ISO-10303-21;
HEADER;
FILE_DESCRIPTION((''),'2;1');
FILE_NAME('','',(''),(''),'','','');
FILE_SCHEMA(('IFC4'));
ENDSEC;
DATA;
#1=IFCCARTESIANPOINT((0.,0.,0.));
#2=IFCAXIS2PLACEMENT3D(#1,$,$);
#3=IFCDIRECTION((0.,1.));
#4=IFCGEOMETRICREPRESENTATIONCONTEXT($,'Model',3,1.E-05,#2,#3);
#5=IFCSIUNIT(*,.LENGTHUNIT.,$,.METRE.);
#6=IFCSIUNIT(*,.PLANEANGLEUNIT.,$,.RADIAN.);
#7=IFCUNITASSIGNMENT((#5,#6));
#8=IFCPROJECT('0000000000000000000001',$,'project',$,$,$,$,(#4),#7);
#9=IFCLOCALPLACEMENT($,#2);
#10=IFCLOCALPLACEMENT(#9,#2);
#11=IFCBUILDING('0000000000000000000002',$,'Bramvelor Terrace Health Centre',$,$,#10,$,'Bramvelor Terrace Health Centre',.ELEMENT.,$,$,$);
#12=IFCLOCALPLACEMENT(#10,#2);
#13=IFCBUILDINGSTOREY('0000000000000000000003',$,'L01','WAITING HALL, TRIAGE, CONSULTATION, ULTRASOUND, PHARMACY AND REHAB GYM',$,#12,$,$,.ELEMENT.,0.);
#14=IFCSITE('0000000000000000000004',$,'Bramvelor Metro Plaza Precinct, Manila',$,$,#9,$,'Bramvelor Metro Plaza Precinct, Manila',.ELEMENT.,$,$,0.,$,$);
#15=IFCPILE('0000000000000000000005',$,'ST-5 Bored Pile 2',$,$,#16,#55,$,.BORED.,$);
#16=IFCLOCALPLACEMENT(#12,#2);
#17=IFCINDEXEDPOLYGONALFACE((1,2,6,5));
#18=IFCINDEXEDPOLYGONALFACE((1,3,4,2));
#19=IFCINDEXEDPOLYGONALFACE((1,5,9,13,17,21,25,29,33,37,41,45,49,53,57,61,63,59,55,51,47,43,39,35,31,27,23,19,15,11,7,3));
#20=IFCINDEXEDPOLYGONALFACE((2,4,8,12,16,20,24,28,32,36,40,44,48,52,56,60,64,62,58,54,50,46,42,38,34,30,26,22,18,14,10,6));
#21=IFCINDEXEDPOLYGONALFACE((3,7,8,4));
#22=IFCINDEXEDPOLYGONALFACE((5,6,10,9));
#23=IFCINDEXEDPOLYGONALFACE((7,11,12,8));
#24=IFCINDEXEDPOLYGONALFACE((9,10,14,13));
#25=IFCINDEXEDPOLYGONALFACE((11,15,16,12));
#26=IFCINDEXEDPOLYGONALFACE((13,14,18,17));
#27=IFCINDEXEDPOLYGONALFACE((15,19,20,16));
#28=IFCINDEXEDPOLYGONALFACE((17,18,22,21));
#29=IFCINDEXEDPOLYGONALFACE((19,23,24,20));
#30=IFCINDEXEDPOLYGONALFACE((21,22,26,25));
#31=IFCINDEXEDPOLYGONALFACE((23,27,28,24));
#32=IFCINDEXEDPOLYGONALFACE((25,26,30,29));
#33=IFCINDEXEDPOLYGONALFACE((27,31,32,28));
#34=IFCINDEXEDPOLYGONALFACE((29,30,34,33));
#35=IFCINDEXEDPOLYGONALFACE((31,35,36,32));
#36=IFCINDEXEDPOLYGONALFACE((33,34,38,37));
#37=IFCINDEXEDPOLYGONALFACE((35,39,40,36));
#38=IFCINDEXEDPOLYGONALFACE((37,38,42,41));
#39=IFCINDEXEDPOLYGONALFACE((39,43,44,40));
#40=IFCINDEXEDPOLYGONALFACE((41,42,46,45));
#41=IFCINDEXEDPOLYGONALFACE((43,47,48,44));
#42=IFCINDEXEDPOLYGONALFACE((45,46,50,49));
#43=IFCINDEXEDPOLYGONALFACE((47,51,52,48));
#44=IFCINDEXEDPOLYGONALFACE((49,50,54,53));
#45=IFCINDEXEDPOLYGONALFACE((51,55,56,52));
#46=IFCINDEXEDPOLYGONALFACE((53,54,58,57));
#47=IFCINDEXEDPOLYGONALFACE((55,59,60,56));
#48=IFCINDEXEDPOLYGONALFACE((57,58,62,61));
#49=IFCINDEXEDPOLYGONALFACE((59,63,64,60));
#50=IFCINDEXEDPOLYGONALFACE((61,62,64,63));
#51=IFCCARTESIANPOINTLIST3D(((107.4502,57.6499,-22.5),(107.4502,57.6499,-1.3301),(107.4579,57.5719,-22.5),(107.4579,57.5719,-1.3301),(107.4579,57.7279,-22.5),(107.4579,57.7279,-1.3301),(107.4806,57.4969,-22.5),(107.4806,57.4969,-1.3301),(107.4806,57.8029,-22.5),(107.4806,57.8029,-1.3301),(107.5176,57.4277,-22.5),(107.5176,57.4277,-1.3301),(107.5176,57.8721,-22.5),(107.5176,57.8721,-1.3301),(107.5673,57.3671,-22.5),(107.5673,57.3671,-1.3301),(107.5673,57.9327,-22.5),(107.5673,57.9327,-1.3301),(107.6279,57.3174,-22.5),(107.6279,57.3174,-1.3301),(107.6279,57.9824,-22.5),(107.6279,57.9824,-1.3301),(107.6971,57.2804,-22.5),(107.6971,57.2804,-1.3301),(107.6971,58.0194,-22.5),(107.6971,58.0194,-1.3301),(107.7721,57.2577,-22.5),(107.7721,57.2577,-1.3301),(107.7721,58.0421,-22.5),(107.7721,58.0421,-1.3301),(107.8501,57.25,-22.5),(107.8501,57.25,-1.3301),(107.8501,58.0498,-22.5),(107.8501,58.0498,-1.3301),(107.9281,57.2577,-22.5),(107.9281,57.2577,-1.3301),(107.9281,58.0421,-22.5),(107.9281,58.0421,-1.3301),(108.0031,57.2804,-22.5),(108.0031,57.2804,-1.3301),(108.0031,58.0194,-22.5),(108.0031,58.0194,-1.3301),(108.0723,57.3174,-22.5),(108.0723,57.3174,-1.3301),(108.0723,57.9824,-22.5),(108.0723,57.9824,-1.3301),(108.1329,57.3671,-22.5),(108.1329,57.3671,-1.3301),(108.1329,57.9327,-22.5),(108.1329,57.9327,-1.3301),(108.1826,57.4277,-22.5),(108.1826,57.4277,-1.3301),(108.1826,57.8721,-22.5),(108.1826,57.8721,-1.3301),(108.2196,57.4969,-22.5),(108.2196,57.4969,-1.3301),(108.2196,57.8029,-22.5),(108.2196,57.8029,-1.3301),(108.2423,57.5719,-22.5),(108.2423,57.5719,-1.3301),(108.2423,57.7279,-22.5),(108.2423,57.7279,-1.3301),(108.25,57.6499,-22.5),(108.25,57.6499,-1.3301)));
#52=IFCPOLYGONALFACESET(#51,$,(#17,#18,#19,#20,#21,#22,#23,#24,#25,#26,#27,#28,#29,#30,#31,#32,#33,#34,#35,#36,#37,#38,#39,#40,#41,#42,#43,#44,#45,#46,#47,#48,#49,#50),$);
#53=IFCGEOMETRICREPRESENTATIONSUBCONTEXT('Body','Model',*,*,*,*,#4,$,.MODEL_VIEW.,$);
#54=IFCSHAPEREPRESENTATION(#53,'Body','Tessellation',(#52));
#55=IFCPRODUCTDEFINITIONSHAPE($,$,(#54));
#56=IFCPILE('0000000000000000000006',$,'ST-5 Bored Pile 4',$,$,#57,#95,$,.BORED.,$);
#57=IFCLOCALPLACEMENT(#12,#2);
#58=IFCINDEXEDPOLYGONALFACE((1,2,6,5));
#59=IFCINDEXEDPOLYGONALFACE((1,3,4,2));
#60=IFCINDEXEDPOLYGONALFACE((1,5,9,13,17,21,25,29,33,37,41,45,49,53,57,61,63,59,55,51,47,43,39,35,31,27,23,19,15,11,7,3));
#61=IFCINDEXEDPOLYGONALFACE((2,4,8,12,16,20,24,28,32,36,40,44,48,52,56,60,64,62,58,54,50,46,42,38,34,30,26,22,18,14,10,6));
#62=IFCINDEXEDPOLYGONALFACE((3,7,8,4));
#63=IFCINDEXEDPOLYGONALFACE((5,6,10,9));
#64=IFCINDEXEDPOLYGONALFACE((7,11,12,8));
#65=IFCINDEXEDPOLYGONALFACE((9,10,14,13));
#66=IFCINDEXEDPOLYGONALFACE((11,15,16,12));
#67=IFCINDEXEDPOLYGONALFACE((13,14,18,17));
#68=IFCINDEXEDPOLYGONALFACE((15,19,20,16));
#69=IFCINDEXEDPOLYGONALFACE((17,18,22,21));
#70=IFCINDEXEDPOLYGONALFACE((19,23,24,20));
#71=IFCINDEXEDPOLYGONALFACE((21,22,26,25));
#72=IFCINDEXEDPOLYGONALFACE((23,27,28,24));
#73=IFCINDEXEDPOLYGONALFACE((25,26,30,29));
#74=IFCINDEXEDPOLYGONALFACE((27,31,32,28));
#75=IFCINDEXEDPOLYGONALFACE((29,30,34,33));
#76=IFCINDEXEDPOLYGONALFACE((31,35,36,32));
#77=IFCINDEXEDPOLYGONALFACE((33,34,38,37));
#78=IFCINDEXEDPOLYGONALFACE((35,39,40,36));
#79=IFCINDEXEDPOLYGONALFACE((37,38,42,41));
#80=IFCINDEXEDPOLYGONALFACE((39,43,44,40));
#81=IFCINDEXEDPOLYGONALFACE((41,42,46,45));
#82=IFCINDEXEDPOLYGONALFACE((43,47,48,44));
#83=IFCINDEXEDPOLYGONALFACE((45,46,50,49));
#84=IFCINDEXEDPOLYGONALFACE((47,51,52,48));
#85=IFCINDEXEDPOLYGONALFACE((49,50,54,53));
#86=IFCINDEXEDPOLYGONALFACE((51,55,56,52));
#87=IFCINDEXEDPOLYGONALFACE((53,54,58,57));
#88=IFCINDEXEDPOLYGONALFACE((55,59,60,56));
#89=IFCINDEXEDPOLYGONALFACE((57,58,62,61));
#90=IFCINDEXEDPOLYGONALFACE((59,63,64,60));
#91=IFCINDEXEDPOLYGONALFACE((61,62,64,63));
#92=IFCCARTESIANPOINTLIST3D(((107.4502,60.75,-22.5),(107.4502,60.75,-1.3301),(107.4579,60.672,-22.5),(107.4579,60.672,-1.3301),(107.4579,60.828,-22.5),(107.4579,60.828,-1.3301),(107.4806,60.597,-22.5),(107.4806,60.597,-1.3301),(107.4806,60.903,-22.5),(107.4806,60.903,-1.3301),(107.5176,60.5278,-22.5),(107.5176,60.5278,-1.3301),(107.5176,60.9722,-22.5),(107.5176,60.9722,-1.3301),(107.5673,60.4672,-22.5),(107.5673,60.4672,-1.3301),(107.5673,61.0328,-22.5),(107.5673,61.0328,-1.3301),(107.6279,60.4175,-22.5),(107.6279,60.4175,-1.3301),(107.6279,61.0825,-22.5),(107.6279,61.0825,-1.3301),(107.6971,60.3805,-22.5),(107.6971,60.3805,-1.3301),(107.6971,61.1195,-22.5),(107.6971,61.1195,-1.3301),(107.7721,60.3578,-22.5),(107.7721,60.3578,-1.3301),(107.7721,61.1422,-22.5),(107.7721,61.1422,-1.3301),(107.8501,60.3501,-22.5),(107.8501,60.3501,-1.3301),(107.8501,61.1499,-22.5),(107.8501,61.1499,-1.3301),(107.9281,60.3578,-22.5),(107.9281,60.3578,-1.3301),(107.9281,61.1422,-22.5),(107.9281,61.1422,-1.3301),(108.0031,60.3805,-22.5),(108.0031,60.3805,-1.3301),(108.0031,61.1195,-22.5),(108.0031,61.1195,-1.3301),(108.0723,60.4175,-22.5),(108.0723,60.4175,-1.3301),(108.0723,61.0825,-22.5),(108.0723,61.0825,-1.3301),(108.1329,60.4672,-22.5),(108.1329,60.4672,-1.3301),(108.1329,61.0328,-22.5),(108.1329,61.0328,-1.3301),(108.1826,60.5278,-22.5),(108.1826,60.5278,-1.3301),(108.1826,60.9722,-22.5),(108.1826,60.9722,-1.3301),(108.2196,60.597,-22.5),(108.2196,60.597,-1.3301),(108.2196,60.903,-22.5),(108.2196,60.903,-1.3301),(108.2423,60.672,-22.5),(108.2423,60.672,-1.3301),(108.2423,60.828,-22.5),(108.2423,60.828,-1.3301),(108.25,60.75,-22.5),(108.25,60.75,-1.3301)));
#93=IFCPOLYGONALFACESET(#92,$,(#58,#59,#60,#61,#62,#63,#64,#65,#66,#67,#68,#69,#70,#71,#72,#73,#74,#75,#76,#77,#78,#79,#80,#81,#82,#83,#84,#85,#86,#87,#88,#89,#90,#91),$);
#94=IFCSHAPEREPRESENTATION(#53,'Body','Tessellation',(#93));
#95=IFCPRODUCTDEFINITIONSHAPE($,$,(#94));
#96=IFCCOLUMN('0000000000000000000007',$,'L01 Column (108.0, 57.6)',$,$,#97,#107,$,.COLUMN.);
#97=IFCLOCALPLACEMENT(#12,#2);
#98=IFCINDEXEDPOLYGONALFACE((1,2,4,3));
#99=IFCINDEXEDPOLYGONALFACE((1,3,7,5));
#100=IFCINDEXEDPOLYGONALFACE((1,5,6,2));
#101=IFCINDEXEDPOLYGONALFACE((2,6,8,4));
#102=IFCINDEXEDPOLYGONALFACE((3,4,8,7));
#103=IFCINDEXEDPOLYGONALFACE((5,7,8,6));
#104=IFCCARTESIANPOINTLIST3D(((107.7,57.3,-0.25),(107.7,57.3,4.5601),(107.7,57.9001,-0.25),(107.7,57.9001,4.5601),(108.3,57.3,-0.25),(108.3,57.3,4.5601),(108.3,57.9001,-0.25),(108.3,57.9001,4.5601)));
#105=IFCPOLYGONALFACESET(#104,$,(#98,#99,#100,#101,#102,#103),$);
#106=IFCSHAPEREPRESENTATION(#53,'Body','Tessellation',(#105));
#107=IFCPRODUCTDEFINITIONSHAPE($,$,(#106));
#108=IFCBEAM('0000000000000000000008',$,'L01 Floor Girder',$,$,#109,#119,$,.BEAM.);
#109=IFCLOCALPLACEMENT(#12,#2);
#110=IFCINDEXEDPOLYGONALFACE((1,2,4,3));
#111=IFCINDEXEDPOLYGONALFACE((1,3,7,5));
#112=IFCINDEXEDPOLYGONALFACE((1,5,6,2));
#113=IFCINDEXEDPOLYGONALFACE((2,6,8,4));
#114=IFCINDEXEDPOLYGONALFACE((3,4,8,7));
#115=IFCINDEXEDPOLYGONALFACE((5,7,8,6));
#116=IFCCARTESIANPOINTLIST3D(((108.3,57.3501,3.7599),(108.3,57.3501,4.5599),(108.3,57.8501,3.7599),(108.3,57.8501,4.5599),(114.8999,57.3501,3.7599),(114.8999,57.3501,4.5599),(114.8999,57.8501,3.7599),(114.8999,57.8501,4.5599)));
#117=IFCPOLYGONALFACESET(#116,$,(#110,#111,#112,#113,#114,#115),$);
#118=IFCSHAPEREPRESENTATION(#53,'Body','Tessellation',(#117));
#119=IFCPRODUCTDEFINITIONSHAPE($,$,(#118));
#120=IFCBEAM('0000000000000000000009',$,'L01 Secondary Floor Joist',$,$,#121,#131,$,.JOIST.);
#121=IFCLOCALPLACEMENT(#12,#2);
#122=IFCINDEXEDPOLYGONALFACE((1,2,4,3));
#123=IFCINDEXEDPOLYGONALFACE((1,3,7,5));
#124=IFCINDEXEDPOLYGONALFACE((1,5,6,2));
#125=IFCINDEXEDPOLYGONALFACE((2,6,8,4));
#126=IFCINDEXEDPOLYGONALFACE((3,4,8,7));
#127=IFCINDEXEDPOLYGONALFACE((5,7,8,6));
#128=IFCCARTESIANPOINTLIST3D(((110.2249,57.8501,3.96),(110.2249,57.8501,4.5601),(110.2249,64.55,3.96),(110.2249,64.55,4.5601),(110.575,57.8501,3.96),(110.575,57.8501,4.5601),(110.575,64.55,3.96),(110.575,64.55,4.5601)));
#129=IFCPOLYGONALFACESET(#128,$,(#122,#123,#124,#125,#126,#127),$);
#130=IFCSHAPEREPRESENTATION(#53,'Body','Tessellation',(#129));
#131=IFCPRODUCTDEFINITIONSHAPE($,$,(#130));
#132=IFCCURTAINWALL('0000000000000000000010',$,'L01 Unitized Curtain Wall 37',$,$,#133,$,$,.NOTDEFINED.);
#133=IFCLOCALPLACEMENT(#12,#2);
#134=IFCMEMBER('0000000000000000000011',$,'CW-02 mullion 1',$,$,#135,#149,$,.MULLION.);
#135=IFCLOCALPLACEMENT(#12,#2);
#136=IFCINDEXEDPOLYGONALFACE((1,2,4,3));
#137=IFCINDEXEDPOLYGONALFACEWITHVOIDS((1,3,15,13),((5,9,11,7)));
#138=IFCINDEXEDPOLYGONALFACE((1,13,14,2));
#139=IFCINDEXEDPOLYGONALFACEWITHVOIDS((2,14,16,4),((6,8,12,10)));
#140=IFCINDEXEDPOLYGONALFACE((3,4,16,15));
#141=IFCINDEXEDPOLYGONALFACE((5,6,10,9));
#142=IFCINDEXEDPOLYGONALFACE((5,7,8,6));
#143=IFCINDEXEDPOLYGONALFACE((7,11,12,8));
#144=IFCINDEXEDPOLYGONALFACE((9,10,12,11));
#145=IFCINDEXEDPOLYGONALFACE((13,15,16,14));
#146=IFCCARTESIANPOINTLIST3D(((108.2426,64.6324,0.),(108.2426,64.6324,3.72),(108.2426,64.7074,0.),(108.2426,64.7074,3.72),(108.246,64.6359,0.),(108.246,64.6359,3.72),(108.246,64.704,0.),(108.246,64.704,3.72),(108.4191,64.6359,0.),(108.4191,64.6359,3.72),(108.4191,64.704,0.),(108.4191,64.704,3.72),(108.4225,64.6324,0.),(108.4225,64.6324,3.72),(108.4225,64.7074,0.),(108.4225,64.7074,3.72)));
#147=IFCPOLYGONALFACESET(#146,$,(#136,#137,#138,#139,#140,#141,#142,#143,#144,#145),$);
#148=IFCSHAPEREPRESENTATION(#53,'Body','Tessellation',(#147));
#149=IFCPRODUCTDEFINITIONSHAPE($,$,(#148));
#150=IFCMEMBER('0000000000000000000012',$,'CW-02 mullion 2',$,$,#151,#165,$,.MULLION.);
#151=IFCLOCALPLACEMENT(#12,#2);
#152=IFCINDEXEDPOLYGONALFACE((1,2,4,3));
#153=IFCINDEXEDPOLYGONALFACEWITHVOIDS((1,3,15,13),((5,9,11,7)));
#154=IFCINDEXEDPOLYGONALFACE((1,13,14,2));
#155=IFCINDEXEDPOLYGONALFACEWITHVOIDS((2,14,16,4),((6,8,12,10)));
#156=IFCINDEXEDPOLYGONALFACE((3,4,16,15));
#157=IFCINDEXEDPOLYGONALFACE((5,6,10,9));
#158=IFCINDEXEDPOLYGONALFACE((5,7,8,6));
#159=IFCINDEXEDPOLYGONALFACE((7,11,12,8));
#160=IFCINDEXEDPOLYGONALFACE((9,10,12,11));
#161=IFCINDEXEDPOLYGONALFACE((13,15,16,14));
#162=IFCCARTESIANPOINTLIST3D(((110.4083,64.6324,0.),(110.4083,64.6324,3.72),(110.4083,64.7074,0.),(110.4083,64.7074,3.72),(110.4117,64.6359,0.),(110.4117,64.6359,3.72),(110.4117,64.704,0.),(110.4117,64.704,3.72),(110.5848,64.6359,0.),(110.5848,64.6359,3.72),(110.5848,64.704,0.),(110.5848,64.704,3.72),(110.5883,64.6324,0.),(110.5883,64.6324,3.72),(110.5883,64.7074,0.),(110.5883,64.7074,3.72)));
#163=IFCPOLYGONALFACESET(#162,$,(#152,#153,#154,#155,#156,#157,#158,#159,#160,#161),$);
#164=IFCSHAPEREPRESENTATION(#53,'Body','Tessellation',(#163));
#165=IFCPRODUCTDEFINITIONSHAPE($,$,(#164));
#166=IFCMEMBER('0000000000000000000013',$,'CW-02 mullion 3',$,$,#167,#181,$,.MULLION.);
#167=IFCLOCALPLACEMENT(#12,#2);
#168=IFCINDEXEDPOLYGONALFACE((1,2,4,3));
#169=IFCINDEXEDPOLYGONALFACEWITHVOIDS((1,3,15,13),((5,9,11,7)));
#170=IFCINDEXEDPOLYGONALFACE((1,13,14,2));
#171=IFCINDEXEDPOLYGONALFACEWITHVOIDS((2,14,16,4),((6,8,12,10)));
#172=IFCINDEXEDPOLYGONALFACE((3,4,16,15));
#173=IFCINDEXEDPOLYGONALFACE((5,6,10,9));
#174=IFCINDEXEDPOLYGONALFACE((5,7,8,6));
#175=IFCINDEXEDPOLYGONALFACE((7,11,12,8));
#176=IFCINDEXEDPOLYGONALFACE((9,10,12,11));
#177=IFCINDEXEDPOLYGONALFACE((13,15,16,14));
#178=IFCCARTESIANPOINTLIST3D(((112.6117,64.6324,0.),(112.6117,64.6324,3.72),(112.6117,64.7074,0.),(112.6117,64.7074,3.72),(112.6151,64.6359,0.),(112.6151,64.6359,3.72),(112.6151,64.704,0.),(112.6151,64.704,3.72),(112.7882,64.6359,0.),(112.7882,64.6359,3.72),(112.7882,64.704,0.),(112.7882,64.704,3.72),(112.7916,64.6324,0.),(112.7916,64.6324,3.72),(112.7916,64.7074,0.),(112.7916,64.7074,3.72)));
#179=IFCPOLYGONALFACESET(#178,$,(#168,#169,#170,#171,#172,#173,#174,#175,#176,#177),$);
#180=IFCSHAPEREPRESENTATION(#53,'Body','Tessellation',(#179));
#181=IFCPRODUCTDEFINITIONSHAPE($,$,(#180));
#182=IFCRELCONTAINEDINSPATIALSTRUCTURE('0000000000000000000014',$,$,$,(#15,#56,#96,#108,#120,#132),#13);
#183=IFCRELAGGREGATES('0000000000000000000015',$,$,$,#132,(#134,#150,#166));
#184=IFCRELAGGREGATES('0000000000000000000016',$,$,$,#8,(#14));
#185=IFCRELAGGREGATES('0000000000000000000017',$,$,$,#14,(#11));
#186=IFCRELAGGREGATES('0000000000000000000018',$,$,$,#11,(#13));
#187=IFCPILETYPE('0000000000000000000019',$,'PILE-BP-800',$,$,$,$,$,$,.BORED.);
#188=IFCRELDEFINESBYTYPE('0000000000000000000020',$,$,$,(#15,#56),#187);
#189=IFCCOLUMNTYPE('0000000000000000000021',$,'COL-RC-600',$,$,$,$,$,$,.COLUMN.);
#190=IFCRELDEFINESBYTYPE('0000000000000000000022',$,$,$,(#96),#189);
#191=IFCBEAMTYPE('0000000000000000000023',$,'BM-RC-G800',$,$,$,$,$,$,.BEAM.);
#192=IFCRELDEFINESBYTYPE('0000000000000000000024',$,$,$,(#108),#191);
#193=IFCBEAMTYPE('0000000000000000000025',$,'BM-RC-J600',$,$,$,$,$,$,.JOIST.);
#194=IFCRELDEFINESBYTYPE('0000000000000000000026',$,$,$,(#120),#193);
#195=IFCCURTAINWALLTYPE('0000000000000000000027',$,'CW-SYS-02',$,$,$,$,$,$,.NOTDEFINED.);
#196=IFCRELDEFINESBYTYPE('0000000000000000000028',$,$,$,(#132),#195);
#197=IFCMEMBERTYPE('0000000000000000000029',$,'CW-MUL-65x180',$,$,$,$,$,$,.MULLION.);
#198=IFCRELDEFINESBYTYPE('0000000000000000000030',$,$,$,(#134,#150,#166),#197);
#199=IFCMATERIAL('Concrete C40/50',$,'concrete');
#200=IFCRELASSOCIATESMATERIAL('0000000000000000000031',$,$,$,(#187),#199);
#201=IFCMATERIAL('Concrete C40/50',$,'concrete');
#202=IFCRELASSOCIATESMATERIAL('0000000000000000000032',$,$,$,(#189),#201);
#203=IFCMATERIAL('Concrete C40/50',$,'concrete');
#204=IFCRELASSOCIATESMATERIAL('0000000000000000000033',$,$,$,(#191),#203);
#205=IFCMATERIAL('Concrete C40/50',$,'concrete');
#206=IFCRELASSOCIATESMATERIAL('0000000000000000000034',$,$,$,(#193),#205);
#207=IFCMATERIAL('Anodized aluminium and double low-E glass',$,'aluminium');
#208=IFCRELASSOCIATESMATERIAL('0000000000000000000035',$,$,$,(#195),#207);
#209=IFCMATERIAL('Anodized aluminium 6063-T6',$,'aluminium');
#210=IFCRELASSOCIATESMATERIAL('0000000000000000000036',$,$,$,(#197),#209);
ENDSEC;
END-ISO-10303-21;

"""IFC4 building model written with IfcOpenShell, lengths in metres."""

from ifc_helpers import new_model, si_unit, direction, frame, origin, origin_2d, place, context, subcontext, project, spatial, rectangle, hollow_rectangle, circle, extrude, material, material_profile, profile_set, type_object, element, aggregate, save


model = new_model("IFC4")

# Units and contexts
model_context = context("Model", 3, precision=1e-05, world=origin(), true_north=direction((0.0, 1.0)))
body_context = subcontext(model_context, "Body", "Model", "MODEL_VIEW")
ifc_project = project(units=[si_unit("LENGTHUNIT", "METRE"), si_unit("PLANEANGLEUNIT", "RADIAN")], contexts=[model_context])

# Site, building, storey
site_placement = place(None, origin())
site = spatial("IfcSite", under=ifc_project, at=site_placement, Name="Bramvelor Metro Plaza Precinct, Manila", LongName="Bramvelor Metro Plaza Precinct, Manila", CompositionType="ELEMENT", RefElevation=0.0)
building_placement = place(site_placement, origin())
building = spatial("IfcBuilding", under=site, at=building_placement, Name="Bramvelor Terrace Health Centre", LongName="Bramvelor Terrace Health Centre", CompositionType="ELEMENT")
storey_placement = place(building_placement, origin())
storey = spatial("IfcBuildingStorey", under=building, at=storey_placement, Name="L01", Description="WAITING HALL, TRIAGE, CONSULTATION, ULTRASOUND, PHARMACY AND REHAB GYM", CompositionType="ELEMENT", Elevation=0.0)

# Piles
ifc_material_1 = material(Name="Concrete C40/50", Category="concrete")
ifc_material_profile_1 = material_profile(ifc_material_1, circle(Radius=0.3999, at=origin_2d()), Name="BP D800")
ifc_profile_set_1 = profile_set([ifc_material_profile_1], Name="Concrete C40/50")
pile_type = type_object("IfcPileType", Name="PILE-BP-800", PredefinedType="BORED", material=ifc_profile_set_1)
for number, where, z_axis, x_axis, name in (
    (1, (107.8501, 57.6499, -1.3301), (0.0, 0.0, -1.0), (1.0, 0.0, 0.0), "ST-5 Bored Pile 2"),
    (2, (107.8501, 60.75, -1.3301), (0.0, 0.0, -1.0), (1.0, 0.0, 0.0), "ST-5 Bored Pile 4"),
):
    element("IfcPile", number, at=place(storey_placement, frame(where, z_axis=z_axis, x_axis=x_axis)), inside=storey, type_object=pile_type, Name=name, PredefinedType="BORED", context=body_context, shape_type="SweptSolid", body=[
        extrude(circle(Radius=0.3999, at=origin_2d()), origin(), (0.0, 0.0, 1.0), 21.1699),
    ])

# Column
ifc_material_2 = material(Name="Concrete C40/50", Category="concrete")
ifc_material_profile_2 = material_profile(ifc_material_2, rectangle(XDim=0.6001, YDim=0.6001, at=origin_2d()), Name="RC 600x600")
ifc_profile_set_2 = profile_set([ifc_material_profile_2], Name="Concrete C40/50")
column_type = type_object("IfcColumnType", Name="COL-RC-600", PredefinedType="COLUMN", material=ifc_profile_set_2)
column_placement = place(storey_placement, frame((108.0, 57.6001, -0.25), z_axis=(0.0, 0.0, 1.0), x_axis=(1.0, 0.0, 0.0)))
element("IfcColumn", 3, at=column_placement, inside=storey, type_object=column_type, Name="L01 Column (108.0, 57.6)", PredefinedType="COLUMN", context=body_context, shape_type="SweptSolid", body=[
    extrude(rectangle(XDim=0.6001, YDim=0.6001, at=origin_2d()), origin(), (0.0, 0.0, 1.0), 4.8101),
])

# Beams
ifc_material_3 = material(Name="Concrete C40/50", Category="concrete")
ifc_material_profile_3 = material_profile(ifc_material_3, rectangle(XDim=0.5, YDim=0.8, at=origin_2d()), Name="RC 500x800")
ifc_profile_set_3 = profile_set([ifc_material_profile_3], Name="Concrete C40/50")
beam_type_1 = type_object("IfcBeamType", Name="BM-RC-G800", PredefinedType="BEAM", material=ifc_profile_set_3)
beam_1_placement = place(storey_placement, frame((108.3, 57.6001, 4.1599), z_axis=(1.0, 0.0, 0.0), x_axis=(0.0, 1.0, 0.0)))
element("IfcBeam", 4, at=beam_1_placement, inside=storey, type_object=beam_type_1, Name="L01 Floor Girder", PredefinedType="BEAM", context=body_context, shape_type="SweptSolid", body=[
    extrude(rectangle(XDim=0.5, YDim=0.8, at=origin_2d()), origin(), (0.0, 0.0, 1.0), 6.5999),
])
ifc_material_4 = material(Name="Concrete C40/50", Category="concrete")
ifc_material_profile_4 = material_profile(ifc_material_4, rectangle(XDim=0.3501, YDim=0.6001, at=origin_2d()), Name="RC 350x600")
ifc_profile_set_4 = profile_set([ifc_material_profile_4], Name="Concrete C40/50")
beam_type_2 = type_object("IfcBeamType", Name="BM-RC-J600", PredefinedType="JOIST", material=ifc_profile_set_4)
beam_2_placement = place(storey_placement, frame((110.3999, 57.8501, 4.26), z_axis=(0.0, 1.0, 0.0), x_axis=(-1.0, 0.0, 0.0)))
element("IfcBeam", 5, at=beam_2_placement, inside=storey, type_object=beam_type_2, Name="L01 Secondary Floor Joist", PredefinedType="JOIST", context=body_context, shape_type="SweptSolid", body=[
    extrude(rectangle(XDim=0.3501, YDim=0.6001, at=origin_2d()), origin(), (0.0, 0.0, 1.0), 6.7),
])

# Curtain wall, members
ifc_material_5 = material(Name="Anodized aluminium and double low-E glass", Category="aluminium")
curtain_wall_type = type_object("IfcCurtainWallType", Name="CW-SYS-02", PredefinedType="NOTDEFINED", material=ifc_material_5)
curtain_wall_placement = place(storey_placement, origin())
curtain_wall = element("IfcCurtainWall", 6, at=curtain_wall_placement, inside=storey, type_object=curtain_wall_type, Name="L01 Unitized Curtain Wall 37", PredefinedType="NOTDEFINED")
ifc_material_6 = material(Name="Anodized aluminium 6063-T6", Category="aluminium")
ifc_material_profile_5 = material_profile(ifc_material_6, hollow_rectangle(XDim=0.075, YDim=0.1799, WallThickness=0.0034, at=origin_2d()), Name="ALU-MUL 75x180x3.5")
ifc_profile_set_5 = profile_set([ifc_material_profile_5], Name="Anodized aluminium 6063-T6")
member_type_1 = type_object("IfcMemberType", Name="CW-MUL-65x180", PredefinedType="MULLION", material=ifc_profile_set_5)
member_1_placement = place(storey_placement, frame((108.3325, 64.6699, 0.0), z_axis=(0.0, 0.0, 1.0), x_axis=(0.0, 1.0, 0.0)))
member_1 = element("IfcMember", 7, at=member_1_placement, type_object=member_type_1, Name="CW-02 mullion 1", PredefinedType="MULLION", context=body_context, shape_type="SweptSolid", body=[
    extrude(hollow_rectangle(XDim=0.075, YDim=0.1799, WallThickness=0.0034, at=origin_2d()), origin(), (0.0, 0.0, 1.0), 3.72),
])
member_2_placement = place(storey_placement, frame((110.4983, 64.6699, 0.0), z_axis=(0.0, 0.0, 1.0), x_axis=(0.0, 1.0, 0.0)))
member_2 = element("IfcMember", 8, at=member_2_placement, type_object=member_type_1, Name="CW-02 mullion 2", PredefinedType="MULLION", context=body_context, shape_type="SweptSolid", body=[
    extrude(hollow_rectangle(XDim=0.075, YDim=0.1799, WallThickness=0.0034, at=origin_2d()), origin(), (0.0, 0.0, 1.0), 3.72),
])
member_3_placement = place(storey_placement, frame((112.7017, 64.6699, 0.0), z_axis=(0.0, 0.0, 1.0), x_axis=(0.0, 1.0, 0.0)))
member_3 = element("IfcMember", 9, at=member_3_placement, type_object=member_type_1, Name="CW-02 mullion 3", PredefinedType="MULLION", context=body_context, shape_type="SweptSolid", body=[
    extrude(hollow_rectangle(XDim=0.075, YDim=0.1799, WallThickness=0.0034, at=origin_2d()), origin(), (0.0, 0.0, 1.0), 3.72),
])
aggregate(curtain_wall, [member_1, member_2, member_3])

save(model, "model.ifc")
